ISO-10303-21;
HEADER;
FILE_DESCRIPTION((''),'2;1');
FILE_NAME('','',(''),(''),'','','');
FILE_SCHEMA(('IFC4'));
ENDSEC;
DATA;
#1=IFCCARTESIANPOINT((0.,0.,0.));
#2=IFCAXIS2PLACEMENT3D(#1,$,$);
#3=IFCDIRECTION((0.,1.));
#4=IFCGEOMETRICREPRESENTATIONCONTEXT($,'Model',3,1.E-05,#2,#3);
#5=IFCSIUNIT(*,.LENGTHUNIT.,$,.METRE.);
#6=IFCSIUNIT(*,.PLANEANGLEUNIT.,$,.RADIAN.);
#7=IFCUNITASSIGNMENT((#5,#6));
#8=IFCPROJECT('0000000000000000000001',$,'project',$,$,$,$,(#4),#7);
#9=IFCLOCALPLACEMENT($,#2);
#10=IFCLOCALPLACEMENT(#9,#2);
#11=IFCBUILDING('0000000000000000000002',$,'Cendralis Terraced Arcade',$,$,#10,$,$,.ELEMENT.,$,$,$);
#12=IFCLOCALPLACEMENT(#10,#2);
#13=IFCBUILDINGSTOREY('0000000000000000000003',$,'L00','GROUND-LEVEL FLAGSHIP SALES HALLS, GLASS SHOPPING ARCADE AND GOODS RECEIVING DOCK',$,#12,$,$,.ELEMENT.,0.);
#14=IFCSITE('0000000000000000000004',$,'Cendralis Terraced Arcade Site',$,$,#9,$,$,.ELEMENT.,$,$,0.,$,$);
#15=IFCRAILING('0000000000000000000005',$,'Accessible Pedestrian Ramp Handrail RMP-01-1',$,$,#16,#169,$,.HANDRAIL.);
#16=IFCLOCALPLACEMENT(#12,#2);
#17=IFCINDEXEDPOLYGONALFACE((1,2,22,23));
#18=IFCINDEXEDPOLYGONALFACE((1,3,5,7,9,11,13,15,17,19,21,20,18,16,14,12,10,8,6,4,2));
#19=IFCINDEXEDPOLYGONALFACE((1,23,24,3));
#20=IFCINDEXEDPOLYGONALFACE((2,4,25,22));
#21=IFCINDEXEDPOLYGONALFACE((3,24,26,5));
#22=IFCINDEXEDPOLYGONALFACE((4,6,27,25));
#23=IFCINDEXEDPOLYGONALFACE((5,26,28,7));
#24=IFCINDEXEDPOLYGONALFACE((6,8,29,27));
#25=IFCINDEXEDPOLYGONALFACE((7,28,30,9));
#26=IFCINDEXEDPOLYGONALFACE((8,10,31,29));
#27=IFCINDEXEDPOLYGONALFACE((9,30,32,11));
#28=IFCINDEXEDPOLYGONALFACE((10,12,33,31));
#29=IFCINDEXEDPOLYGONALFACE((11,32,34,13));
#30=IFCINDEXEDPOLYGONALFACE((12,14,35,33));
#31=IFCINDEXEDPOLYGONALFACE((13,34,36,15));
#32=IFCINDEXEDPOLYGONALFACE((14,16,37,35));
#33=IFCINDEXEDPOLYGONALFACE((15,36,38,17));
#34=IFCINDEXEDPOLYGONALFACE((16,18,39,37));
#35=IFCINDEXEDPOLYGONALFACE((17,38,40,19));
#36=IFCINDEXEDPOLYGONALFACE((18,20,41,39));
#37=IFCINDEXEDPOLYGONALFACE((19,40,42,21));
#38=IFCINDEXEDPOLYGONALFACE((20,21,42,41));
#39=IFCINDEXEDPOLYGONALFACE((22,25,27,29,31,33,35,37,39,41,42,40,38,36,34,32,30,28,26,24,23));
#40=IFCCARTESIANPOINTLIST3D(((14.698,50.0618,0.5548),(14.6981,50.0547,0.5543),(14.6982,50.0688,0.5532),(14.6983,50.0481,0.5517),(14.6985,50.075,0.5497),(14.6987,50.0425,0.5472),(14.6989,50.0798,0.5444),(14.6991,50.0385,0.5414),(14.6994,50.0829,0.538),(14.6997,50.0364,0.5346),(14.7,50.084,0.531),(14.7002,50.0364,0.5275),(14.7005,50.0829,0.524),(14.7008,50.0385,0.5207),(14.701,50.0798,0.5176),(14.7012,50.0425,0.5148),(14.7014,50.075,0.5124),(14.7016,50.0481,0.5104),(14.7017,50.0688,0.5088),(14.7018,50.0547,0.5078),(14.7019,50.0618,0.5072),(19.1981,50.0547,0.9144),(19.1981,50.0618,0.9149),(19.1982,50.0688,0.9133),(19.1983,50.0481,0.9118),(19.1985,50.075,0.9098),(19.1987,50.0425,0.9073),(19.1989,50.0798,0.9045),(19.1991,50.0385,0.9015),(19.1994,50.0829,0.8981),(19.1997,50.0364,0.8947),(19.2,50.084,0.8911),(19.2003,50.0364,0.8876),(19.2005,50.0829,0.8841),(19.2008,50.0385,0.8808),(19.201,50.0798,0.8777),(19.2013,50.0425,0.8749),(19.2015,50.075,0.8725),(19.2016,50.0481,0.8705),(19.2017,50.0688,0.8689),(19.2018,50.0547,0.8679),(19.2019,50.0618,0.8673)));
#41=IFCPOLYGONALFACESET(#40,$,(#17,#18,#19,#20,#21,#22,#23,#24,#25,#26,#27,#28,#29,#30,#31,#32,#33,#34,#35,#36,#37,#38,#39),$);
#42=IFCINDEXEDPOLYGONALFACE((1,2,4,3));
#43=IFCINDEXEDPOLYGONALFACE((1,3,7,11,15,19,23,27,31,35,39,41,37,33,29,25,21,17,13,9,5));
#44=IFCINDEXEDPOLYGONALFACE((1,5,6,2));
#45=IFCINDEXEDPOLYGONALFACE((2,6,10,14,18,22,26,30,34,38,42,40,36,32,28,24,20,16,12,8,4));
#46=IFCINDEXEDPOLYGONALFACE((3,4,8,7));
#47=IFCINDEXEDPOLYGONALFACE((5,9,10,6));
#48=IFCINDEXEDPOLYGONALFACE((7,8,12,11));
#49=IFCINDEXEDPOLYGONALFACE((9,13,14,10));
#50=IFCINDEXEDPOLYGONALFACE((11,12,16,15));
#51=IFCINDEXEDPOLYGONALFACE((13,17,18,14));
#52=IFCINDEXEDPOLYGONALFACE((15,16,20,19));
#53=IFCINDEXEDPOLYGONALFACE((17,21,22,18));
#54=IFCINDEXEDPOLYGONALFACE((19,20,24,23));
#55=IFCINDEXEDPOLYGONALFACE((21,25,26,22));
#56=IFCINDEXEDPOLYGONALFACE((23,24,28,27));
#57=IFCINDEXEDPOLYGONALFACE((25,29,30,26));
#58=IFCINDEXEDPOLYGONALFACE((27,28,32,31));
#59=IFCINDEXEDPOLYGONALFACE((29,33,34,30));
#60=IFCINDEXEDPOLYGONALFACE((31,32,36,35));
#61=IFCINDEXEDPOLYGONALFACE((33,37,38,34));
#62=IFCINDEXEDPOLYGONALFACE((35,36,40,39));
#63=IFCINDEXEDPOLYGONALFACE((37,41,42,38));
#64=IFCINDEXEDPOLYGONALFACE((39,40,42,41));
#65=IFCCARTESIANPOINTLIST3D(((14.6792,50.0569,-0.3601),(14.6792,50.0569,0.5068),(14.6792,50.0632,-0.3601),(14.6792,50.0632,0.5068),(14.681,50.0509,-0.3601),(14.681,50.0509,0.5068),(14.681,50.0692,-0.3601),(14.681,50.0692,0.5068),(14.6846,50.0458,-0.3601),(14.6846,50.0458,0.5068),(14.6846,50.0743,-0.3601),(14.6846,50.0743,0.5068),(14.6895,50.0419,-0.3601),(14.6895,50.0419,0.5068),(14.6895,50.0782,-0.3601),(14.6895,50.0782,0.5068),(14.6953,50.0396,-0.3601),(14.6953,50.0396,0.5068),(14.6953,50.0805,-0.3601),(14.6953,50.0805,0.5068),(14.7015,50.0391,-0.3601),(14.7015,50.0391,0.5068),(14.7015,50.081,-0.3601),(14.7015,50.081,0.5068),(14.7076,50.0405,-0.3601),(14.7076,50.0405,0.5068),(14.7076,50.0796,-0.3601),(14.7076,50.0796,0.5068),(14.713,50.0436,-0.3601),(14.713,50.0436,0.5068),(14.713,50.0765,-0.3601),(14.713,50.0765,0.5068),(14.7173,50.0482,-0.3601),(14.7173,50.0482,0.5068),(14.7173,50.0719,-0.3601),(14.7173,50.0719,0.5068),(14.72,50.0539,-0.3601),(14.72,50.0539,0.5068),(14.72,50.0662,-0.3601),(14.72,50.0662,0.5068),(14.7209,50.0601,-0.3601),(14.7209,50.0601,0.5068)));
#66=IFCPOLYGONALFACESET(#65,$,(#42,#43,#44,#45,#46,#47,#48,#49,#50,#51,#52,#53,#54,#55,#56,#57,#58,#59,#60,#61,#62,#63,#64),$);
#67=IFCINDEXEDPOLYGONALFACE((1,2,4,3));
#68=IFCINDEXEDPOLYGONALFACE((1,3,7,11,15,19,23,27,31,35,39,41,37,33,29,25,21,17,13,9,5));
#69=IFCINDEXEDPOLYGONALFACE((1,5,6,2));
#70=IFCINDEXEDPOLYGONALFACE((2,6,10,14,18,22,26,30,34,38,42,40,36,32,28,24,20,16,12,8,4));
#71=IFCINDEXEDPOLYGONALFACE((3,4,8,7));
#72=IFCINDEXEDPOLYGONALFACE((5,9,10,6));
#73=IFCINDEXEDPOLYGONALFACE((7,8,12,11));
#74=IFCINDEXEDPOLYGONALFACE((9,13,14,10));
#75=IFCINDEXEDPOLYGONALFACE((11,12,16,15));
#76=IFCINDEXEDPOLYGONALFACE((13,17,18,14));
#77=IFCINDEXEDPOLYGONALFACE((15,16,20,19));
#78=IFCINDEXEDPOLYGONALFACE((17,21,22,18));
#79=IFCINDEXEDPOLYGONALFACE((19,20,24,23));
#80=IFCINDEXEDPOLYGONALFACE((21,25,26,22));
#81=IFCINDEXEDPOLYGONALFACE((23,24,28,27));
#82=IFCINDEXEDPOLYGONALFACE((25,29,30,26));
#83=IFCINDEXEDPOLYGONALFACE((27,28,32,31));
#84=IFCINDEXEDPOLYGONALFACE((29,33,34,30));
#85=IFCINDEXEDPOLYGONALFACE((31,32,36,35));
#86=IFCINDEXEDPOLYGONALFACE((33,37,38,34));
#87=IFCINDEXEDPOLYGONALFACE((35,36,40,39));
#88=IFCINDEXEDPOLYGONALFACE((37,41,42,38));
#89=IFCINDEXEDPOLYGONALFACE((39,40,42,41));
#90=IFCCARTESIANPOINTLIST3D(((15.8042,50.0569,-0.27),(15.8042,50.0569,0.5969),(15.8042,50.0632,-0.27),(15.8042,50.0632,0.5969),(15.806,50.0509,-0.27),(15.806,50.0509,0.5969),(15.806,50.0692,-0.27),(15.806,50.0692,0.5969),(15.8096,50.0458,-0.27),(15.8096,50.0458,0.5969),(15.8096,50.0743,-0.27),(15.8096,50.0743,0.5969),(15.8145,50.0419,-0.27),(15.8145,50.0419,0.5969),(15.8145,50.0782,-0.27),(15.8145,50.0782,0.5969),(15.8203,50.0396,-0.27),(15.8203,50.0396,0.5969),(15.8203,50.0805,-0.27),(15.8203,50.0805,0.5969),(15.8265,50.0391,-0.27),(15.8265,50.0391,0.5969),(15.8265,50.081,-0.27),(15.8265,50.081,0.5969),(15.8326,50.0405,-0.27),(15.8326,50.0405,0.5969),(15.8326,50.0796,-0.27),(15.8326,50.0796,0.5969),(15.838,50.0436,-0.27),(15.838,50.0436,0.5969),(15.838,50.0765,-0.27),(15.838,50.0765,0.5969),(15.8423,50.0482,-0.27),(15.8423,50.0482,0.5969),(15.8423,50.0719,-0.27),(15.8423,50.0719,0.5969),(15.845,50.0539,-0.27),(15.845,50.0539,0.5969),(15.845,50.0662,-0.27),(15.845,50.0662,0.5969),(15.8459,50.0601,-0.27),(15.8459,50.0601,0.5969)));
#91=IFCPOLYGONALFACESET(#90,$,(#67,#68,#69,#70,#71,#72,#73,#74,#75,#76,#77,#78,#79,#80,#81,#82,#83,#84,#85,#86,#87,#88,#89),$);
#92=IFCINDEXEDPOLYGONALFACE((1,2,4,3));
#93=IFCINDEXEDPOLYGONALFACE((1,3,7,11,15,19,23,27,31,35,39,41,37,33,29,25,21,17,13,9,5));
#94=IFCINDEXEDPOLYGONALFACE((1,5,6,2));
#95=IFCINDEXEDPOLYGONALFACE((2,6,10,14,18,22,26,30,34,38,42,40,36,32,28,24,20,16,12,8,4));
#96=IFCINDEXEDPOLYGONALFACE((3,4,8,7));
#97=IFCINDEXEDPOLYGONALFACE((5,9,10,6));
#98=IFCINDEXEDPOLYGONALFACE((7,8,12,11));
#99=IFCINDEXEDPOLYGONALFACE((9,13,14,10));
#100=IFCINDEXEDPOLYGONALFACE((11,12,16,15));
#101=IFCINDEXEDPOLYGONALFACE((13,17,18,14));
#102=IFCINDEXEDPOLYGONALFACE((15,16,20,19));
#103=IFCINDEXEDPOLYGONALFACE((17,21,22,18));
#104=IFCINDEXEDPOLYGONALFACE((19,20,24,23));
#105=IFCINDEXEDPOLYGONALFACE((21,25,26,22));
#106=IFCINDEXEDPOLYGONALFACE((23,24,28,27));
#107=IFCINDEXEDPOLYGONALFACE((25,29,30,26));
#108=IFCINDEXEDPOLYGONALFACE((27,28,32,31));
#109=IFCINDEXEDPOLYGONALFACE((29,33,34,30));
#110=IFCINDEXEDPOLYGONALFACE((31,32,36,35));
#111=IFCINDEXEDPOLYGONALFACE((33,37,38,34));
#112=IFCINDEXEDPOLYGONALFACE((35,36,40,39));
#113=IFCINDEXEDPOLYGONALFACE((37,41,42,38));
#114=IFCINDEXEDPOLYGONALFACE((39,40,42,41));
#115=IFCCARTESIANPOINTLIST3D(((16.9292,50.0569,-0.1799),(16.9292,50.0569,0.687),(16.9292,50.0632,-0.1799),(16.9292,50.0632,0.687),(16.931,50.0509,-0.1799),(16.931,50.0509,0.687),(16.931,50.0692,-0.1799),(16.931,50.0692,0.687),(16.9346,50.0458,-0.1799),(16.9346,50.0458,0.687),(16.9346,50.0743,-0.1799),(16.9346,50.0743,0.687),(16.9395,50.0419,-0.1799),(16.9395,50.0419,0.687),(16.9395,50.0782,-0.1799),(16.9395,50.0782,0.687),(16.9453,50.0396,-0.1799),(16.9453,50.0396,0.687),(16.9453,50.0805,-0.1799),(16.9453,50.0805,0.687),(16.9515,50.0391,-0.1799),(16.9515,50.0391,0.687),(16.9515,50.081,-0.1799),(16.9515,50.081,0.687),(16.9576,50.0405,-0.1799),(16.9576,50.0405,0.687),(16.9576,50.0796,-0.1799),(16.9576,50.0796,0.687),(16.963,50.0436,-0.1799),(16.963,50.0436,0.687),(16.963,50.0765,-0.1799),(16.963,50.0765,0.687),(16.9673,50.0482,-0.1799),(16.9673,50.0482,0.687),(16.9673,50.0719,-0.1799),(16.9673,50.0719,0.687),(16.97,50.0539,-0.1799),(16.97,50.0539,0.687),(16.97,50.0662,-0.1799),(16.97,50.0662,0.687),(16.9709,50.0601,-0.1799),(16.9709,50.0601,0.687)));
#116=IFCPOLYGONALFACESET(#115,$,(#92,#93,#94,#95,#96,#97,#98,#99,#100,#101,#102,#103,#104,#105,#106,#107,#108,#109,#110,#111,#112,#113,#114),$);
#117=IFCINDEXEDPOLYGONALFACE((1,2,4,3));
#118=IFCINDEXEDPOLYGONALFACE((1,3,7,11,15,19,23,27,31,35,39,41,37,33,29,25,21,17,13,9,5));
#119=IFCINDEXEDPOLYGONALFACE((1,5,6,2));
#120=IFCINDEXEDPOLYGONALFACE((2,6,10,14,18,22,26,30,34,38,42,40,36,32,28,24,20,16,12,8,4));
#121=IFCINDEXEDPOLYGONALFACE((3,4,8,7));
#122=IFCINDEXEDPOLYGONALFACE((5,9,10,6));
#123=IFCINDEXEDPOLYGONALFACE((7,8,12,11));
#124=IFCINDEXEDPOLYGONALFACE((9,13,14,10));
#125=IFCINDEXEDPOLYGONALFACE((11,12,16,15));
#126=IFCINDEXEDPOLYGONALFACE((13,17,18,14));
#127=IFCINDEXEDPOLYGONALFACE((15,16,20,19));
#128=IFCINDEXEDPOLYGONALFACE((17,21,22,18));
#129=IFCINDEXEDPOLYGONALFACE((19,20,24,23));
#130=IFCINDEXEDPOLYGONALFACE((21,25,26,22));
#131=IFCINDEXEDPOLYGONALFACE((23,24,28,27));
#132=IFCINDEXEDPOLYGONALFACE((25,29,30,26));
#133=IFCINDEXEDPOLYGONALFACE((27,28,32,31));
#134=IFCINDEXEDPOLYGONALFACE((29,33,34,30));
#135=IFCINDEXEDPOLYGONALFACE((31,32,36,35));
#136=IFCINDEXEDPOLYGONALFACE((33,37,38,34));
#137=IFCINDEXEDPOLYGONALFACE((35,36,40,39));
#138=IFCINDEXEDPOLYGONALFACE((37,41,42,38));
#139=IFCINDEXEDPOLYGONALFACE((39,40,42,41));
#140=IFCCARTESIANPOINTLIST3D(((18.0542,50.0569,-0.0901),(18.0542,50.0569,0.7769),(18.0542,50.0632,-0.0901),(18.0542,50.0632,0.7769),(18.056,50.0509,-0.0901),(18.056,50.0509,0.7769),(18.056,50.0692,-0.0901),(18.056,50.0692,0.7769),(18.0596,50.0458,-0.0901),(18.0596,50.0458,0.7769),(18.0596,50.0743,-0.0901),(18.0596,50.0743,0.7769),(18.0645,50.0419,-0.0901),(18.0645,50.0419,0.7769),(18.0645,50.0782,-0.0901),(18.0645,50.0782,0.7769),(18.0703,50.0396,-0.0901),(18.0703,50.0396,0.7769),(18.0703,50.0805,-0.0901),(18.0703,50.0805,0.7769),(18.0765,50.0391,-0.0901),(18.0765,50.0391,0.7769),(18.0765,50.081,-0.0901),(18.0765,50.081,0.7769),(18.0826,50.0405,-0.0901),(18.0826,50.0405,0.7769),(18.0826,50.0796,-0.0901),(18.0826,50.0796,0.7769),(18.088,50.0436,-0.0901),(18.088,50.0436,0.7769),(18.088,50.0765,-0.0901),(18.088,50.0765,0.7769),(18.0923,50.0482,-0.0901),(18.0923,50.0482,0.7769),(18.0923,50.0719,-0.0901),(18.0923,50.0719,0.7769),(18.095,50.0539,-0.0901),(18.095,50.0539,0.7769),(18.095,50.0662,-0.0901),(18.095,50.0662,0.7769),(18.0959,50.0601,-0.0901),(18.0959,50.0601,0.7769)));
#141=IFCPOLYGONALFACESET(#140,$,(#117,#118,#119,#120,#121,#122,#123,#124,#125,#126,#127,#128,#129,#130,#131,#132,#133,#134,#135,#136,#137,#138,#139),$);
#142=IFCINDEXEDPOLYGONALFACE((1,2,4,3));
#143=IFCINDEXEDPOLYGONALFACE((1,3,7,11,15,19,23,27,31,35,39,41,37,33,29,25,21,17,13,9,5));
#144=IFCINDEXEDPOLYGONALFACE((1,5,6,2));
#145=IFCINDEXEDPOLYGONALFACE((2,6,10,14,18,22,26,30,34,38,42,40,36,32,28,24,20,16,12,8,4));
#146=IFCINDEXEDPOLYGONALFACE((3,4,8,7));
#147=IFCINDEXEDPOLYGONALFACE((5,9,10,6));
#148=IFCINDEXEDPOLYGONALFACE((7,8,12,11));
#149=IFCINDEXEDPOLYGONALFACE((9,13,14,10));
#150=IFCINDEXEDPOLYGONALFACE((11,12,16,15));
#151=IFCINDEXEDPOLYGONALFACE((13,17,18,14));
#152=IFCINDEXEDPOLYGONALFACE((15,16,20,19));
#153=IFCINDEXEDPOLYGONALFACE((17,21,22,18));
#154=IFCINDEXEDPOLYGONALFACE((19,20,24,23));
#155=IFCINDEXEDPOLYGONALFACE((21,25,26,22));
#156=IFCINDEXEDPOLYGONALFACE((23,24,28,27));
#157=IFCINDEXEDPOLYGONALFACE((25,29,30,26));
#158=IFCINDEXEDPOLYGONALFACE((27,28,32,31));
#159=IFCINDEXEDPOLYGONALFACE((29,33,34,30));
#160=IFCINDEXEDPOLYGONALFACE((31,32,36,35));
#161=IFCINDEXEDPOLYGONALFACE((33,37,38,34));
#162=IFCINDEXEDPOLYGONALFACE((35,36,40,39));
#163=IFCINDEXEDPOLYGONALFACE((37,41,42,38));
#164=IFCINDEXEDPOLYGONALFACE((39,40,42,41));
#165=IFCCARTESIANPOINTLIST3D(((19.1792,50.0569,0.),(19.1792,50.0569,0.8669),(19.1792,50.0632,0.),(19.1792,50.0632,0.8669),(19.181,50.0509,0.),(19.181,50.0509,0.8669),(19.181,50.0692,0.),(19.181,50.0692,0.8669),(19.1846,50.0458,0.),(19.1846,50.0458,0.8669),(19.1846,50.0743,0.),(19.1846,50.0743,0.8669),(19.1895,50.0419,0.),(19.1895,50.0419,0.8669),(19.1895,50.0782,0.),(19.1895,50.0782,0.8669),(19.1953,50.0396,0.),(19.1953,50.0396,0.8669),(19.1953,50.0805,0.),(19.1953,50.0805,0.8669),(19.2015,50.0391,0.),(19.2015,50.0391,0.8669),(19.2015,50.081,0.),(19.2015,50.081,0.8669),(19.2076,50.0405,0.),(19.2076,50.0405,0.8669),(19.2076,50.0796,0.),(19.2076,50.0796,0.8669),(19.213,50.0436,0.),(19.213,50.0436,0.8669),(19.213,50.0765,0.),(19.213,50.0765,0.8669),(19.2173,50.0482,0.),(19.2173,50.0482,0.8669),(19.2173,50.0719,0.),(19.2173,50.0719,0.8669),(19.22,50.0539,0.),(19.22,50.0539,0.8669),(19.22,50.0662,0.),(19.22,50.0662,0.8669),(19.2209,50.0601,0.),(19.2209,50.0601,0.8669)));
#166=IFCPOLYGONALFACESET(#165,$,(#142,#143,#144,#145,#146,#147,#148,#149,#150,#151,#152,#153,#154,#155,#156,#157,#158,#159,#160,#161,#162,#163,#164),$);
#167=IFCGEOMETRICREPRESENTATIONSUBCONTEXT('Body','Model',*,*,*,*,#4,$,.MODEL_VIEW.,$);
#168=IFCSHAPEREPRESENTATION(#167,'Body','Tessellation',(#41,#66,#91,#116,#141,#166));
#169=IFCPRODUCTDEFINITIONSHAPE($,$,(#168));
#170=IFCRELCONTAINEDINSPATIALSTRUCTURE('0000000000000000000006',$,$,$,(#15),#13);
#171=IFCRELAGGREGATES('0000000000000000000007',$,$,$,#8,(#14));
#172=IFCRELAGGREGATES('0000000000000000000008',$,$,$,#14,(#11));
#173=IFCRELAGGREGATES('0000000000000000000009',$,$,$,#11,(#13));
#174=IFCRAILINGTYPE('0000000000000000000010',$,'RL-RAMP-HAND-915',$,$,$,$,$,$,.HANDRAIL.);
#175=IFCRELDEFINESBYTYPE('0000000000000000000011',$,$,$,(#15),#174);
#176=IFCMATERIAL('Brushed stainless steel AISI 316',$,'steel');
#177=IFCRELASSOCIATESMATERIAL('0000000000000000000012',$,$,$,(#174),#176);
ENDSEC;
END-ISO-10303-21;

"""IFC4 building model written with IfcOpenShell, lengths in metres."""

from ifc_helpers import new_model, si_unit, direction, frame, origin, origin_2d, place, context, subcontext, project, spatial, circle, extrude, material, type_object, element, save


model = new_model("IFC4")

# Units and contexts
model_context = context("Model", 3, precision=1e-05, world=origin(), true_north=direction((0.0, 1.0)))
body_context = subcontext(model_context, "Body", "Model", "MODEL_VIEW")
ifc_project = project(units=[si_unit("LENGTHUNIT", "METRE"), si_unit("PLANEANGLEUNIT", "RADIAN")], contexts=[model_context])

# Site, building, storey
site_placement = place(None, origin())
site = spatial("IfcSite", under=ifc_project, at=site_placement, Name="Cendralis Terraced Arcade Site", CompositionType="ELEMENT", RefElevation=0.0)
building_placement = place(site_placement, origin())
building = spatial("IfcBuilding", under=site, at=building_placement, Name="Cendralis Terraced Arcade", CompositionType="ELEMENT")
storey_placement = place(building_placement, origin())
storey = spatial("IfcBuildingStorey", under=building, at=storey_placement, Name="L00", Description="GROUND-LEVEL FLAGSHIP SALES HALLS, GLASS SHOPPING ARCADE AND GOODS RECEIVING DOCK", CompositionType="ELEMENT", Elevation=0.0)

# Railing
ifc_material_1 = material(Name="Brushed stainless steel AISI 316", Category="steel")
railing_type = type_object("IfcRailingType", Name="RL-RAMP-HAND-915", PredefinedType="HANDRAIL", material=ifc_material_1)
railing_placement = place(storey_placement, frame((14.7, 50.0601, -0.3601)))
element("IfcRailing", 1, at=railing_placement, inside=storey, type_object=railing_type, Name="Accessible Pedestrian Ramp Handrail RMP-01-1", PredefinedType="HANDRAIL", context=body_context, shape_type="SweptSolid", body=[
    extrude(circle(Radius=0.0239, at=origin_2d()), frame((0.0, 0.0, 0.8911), z_axis=(0.996813, 0.0, 0.079769), x_axis=(0.0, 1.0, 0.0)), (0.0, 0.0, 1.0), 4.5144),
    extrude(circle(Radius=0.021, at=origin_2d()), origin(), (0.0, 0.0, 1.0), 0.8669),
    extrude(circle(Radius=0.021, at=origin_2d()), frame((1.125, 0.0, 0.0901)), (0.0, 0.0, 1.0), 0.8669),
    extrude(circle(Radius=0.021, at=origin_2d()), frame((2.25, 0.0, 0.1802)), (0.0, 0.0, 1.0), 0.8669),
    extrude(circle(Radius=0.021, at=origin_2d()), frame((3.375, 0.0, 0.27)), (0.0, 0.0, 1.0), 0.8669),
    extrude(circle(Radius=0.021, at=origin_2d()), frame((4.5, 0.0, 0.3601)), (0.0, 0.0, 1.0), 0.8669),
])

save(model, "model.ifc")
